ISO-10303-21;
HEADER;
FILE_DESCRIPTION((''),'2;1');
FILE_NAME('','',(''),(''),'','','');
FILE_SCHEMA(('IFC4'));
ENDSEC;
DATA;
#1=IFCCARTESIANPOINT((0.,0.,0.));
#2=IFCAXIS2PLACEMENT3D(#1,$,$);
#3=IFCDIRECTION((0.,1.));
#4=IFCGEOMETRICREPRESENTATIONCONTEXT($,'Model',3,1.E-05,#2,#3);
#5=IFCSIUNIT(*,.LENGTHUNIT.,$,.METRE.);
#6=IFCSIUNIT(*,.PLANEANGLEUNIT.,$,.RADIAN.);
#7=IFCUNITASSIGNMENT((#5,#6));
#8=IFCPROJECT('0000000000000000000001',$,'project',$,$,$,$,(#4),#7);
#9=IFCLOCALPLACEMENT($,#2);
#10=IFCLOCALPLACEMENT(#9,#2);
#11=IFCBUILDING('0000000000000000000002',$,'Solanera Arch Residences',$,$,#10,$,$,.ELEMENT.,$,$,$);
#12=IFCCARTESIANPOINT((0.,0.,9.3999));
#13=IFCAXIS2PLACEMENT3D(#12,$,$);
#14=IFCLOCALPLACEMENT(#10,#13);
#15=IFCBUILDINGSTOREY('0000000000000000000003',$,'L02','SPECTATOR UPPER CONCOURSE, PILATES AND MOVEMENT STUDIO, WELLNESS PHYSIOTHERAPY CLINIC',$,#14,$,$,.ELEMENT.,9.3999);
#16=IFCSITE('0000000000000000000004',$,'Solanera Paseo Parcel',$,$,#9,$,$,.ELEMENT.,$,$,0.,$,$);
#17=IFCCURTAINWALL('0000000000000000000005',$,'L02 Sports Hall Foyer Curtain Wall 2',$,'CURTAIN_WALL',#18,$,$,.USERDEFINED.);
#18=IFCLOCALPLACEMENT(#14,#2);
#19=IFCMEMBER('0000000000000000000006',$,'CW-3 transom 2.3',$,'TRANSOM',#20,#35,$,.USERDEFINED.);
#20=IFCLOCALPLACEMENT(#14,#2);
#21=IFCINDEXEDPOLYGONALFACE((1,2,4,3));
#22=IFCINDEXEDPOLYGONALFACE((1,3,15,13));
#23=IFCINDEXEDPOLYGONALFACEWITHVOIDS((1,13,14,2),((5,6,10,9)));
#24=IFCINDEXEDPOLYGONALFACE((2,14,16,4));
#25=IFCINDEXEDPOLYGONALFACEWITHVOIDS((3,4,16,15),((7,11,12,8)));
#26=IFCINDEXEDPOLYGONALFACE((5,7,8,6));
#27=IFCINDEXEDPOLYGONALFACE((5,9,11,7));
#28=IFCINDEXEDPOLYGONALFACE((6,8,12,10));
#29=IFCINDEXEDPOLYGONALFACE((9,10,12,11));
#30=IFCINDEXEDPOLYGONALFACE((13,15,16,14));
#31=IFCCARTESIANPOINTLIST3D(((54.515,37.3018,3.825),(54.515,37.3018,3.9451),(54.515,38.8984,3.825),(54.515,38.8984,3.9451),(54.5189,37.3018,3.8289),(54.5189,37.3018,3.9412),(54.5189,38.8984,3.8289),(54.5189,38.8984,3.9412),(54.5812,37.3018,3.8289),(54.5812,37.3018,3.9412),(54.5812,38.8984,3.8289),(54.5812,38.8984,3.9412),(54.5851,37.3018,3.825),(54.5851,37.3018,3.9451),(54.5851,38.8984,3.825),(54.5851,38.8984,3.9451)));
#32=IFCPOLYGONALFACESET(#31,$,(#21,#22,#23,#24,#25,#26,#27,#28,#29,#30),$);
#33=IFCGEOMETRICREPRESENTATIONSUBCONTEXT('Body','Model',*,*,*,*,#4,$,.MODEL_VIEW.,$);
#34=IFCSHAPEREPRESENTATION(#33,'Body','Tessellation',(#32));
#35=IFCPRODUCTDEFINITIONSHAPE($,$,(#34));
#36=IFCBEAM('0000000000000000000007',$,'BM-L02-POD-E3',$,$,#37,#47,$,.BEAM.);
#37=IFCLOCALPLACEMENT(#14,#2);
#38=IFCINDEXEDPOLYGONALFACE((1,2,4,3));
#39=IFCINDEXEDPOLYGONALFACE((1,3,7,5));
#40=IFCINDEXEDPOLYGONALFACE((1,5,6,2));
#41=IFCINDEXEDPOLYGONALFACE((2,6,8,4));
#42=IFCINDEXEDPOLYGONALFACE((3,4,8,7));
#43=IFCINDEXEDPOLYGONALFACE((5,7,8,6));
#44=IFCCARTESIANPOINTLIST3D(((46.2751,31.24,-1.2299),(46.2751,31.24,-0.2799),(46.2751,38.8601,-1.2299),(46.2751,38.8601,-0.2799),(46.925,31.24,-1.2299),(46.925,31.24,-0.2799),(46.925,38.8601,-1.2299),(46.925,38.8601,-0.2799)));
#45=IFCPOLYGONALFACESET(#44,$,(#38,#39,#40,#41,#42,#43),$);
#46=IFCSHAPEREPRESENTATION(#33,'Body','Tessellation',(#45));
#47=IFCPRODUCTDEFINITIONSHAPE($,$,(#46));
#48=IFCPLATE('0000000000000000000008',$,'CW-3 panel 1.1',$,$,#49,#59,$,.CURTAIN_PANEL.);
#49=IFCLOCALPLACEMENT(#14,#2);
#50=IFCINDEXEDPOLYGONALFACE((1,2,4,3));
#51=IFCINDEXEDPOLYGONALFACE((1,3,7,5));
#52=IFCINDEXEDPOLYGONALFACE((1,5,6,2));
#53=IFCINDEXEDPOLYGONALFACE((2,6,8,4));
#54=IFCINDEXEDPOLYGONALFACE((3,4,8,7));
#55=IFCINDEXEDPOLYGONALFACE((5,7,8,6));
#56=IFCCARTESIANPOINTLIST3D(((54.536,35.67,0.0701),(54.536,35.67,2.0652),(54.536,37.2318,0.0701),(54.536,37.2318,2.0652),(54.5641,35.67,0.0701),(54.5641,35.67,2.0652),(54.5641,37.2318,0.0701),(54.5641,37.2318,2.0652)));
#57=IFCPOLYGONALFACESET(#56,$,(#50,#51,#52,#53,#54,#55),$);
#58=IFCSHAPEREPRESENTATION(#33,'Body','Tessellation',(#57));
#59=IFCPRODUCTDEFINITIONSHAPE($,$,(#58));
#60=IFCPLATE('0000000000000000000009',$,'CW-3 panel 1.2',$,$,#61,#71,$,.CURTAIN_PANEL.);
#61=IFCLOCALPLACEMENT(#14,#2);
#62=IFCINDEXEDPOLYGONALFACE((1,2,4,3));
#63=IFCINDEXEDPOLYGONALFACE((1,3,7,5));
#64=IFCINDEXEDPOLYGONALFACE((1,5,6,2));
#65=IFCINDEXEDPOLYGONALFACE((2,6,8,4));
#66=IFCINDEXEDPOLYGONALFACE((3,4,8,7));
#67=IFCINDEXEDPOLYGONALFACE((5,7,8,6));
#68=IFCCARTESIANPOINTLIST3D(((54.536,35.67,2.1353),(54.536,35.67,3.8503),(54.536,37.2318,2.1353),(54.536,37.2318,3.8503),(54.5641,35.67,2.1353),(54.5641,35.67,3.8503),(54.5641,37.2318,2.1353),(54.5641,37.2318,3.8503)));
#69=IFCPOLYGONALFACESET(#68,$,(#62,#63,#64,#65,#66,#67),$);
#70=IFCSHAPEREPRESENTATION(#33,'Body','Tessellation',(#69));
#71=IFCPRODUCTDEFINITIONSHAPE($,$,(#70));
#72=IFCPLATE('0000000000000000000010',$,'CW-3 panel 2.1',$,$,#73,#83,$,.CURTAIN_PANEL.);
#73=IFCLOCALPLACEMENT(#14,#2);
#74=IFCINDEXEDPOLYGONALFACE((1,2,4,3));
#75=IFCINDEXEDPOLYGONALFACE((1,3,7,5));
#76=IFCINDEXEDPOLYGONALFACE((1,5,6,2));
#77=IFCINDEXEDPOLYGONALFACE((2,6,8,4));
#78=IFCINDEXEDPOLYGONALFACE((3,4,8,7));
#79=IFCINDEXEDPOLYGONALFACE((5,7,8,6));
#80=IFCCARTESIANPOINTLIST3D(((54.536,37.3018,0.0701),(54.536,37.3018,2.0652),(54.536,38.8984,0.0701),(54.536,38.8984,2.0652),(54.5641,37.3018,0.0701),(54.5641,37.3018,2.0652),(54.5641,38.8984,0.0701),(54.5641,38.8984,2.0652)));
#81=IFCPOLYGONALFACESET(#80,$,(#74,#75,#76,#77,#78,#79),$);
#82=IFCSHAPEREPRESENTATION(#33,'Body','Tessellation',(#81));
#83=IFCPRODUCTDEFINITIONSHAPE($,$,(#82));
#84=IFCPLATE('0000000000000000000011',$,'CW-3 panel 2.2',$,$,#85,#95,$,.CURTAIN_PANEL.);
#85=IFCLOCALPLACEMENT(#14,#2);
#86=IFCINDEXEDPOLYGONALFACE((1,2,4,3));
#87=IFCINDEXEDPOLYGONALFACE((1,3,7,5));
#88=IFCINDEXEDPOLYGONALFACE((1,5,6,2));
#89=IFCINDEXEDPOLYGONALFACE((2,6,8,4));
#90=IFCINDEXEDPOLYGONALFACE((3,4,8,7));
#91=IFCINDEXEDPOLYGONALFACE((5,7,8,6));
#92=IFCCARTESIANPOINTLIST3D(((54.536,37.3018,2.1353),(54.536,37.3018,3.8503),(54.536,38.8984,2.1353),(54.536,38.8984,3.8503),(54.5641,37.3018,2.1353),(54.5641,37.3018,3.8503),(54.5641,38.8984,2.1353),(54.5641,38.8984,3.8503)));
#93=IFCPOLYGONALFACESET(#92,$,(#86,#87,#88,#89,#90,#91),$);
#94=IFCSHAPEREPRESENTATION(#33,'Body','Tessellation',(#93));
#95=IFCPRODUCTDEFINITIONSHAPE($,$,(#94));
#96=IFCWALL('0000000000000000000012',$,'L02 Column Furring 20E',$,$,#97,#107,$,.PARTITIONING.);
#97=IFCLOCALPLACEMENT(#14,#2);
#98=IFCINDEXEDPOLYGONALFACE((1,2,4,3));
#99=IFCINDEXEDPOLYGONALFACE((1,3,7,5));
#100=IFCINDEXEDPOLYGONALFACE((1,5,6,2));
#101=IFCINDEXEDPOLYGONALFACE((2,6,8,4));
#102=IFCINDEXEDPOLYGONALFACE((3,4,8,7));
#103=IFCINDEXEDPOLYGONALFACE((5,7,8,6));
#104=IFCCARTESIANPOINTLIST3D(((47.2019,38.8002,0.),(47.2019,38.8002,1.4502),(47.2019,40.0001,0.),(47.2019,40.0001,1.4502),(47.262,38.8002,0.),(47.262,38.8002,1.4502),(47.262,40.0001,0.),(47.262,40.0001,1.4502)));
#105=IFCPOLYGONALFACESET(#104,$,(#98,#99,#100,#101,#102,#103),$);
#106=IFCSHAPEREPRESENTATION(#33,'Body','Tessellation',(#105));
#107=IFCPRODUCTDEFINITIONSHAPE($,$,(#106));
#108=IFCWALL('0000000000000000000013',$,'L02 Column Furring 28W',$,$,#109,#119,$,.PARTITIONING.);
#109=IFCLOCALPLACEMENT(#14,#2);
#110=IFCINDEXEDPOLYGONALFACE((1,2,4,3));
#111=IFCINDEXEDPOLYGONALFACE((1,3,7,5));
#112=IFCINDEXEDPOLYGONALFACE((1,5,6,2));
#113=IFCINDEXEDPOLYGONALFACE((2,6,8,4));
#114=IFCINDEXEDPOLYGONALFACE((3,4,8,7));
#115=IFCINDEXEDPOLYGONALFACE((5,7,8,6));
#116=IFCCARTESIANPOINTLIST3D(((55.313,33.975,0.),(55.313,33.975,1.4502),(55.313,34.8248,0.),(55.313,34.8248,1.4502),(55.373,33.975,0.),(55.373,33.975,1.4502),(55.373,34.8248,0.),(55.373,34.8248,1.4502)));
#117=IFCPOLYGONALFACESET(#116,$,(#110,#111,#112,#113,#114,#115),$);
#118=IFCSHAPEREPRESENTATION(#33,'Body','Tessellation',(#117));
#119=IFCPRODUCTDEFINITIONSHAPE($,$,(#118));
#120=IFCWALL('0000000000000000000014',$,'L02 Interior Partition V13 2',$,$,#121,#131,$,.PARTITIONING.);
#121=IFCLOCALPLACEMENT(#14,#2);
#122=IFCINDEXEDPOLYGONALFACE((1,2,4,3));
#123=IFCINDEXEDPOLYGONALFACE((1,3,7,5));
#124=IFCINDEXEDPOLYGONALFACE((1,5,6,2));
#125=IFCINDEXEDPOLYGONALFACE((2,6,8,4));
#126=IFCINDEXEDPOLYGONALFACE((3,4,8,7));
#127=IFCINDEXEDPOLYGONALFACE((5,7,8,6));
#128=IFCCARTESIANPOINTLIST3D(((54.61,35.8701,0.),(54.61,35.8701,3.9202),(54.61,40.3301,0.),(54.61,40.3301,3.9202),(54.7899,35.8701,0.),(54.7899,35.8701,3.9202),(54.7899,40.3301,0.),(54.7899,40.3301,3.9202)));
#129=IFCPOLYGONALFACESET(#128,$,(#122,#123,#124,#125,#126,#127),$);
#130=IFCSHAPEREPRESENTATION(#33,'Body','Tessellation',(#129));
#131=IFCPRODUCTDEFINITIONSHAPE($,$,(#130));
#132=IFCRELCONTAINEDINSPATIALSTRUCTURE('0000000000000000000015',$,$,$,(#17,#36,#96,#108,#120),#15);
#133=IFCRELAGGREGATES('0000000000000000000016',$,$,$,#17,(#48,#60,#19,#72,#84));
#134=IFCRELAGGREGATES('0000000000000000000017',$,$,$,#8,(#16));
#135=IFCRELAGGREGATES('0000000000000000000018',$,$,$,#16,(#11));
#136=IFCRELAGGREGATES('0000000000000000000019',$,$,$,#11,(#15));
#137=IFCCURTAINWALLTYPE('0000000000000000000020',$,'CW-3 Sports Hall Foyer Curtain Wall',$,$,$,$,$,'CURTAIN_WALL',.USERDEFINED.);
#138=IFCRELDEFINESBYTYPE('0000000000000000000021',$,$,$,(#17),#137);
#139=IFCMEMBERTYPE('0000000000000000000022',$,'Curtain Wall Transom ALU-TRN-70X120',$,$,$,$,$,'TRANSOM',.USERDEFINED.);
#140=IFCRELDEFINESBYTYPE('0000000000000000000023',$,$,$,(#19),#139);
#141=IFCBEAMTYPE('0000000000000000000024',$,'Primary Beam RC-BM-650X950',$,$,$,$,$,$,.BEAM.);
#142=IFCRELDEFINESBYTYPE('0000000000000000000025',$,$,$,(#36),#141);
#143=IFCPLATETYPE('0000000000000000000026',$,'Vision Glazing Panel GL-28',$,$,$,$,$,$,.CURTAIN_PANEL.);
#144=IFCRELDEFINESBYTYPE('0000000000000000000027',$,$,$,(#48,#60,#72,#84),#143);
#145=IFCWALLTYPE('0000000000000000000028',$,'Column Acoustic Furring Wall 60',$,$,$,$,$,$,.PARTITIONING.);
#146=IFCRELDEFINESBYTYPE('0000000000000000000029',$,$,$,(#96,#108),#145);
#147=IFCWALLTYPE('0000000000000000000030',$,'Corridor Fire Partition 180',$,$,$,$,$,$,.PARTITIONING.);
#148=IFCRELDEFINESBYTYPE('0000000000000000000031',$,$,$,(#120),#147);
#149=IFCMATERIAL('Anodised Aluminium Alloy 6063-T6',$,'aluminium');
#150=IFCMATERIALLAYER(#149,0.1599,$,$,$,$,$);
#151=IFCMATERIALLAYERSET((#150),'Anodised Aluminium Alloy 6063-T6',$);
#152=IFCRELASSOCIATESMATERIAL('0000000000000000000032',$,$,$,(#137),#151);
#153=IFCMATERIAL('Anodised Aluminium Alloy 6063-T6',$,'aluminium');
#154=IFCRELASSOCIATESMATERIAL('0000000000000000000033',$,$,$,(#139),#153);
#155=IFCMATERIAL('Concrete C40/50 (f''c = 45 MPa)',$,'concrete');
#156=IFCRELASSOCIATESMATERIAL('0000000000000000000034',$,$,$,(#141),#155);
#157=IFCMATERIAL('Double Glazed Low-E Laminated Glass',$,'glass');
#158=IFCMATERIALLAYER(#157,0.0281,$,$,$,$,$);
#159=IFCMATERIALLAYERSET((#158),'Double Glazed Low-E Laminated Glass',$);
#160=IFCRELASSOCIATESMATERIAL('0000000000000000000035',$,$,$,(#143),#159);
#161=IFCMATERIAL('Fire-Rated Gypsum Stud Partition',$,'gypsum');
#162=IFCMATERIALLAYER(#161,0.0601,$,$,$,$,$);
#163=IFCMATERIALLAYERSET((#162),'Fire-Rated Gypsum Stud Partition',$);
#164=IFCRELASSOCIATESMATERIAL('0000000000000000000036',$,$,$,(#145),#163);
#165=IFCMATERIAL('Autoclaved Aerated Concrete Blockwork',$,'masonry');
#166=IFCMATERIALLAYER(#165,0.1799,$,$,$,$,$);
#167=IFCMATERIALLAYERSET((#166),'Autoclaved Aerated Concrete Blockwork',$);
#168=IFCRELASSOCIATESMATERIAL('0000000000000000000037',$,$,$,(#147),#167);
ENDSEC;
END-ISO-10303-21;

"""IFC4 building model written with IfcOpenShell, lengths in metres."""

from ifc_helpers import new_model, si_unit, direction, frame, frame_2d, origin, origin_2d, place, context, subcontext, project, spatial, rectangle, hollow_rectangle, extrude, material, layer, layer_set, material_profile, profile_set, type_object, element, aggregate, save


model = new_model("IFC4")

# Units and contexts
model_context = context("Model", 3, precision=1e-05, world=origin(), true_north=direction((0.0, 1.0)))
body_context = subcontext(model_context, "Body", "Model", "MODEL_VIEW")
ifc_project = project(units=[si_unit("LENGTHUNIT", "METRE"), si_unit("PLANEANGLEUNIT", "RADIAN")], contexts=[model_context])

# Site, building, storey
site_placement = place(None, origin())
site = spatial("IfcSite", under=ifc_project, at=site_placement, Name="Solanera Paseo Parcel", CompositionType="ELEMENT", RefElevation=0.0)
building_placement = place(site_placement, origin())
building = spatial("IfcBuilding", under=site, at=building_placement, Name="Solanera Arch Residences", CompositionType="ELEMENT")
storey_placement = place(building_placement, frame((0.0, 0.0, 9.3999)))
storey = spatial("IfcBuildingStorey", under=building, at=storey_placement, Name="L02", Description="SPECTATOR UPPER CONCOURSE, PILATES AND MOVEMENT STUDIO, WELLNESS PHYSIOTHERAPY CLINIC", CompositionType="ELEMENT", Elevation=9.3999)

# Curtain wall, member
ifc_material_1 = material(Name="Anodised Aluminium Alloy 6063-T6", Category="aluminium")
ifc_layer_1 = layer(ifc_material_1, 0.1599)
ifc_layer_set_1 = layer_set([ifc_layer_1], Name="Anodised Aluminium Alloy 6063-T6")
curtain_wall_type = type_object("IfcCurtainWallType", Name="CW-3 Sports Hall Foyer Curtain Wall", ElementType="CURTAIN_WALL", PredefinedType="USERDEFINED", material=ifc_layer_set_1)
curtain_wall_placement = place(storey_placement, origin())
curtain_wall = element("IfcCurtainWall", 1, at=curtain_wall_placement, inside=storey, type_object=curtain_wall_type, Name="L02 Sports Hall Foyer Curtain Wall 2", ObjectType="CURTAIN_WALL", PredefinedType="USERDEFINED")
ifc_material_2 = material(Name="Anodised Aluminium Alloy 6063-T6", Category="aluminium")
ifc_material_profile_1 = material_profile(ifc_material_2, hollow_rectangle(XDim=0.0701, YDim=0.1201, WallThickness=0.0039, at=origin_2d()))
ifc_profile_set_1 = profile_set([ifc_material_profile_1], Name="Anodised Aluminium Alloy 6063-T6")
member_type_1 = type_object("IfcMemberType", Name="Curtain Wall Transom ALU-TRN-70X120", ElementType="TRANSOM", PredefinedType="USERDEFINED", material=ifc_profile_set_1)
member_1_placement = place(storey_placement, frame((54.55, 37.3018, 3.885), z_axis=(0.0, 1.0, 0.0), x_axis=(-1.0, 0.0, 0.0)))
member_1 = element("IfcMember", 2, at=member_1_placement, type_object=member_type_1, Name="CW-3 transom 2.3", ObjectType="TRANSOM", PredefinedType="USERDEFINED", context=body_context, shape_type="SweptSolid", body=[
    extrude(hollow_rectangle(XDim=0.0701, YDim=0.1201, WallThickness=0.0039, at=origin_2d()), origin(), (0.0, 0.0, 1.0), 1.5967),
])

# Beam
ifc_material_3 = material(Name="Concrete C40/50 (f'c = 45 MPa)", Category="concrete")
ifc_material_profile_2 = material_profile(ifc_material_3, rectangle(XDim=0.6499, YDim=0.95, at=origin_2d()))
ifc_profile_set_2 = profile_set([ifc_material_profile_2], Name="Concrete C40/50 (f'c = 45 MPa)")
beam_type = type_object("IfcBeamType", Name="Primary Beam RC-BM-650X950", PredefinedType="BEAM", material=ifc_profile_set_2)
beam_placement = place(storey_placement, frame((46.6001, 31.24, -0.7549), z_axis=(0.0, 1.0, 0.0), x_axis=(-1.0, 0.0, 0.0)))
element("IfcBeam", 3, at=beam_placement, inside=storey, type_object=beam_type, Name="BM-L02-POD-E3", PredefinedType="BEAM", context=body_context, shape_type="SweptSolid", body=[
    extrude(rectangle(XDim=0.6499, YDim=0.95, at=origin_2d()), origin(), (0.0, 0.0, 1.0), 7.6201),
])

# Plates
ifc_material_4 = material(Name="Double Glazed Low-E Laminated Glass", Category="glass")
ifc_layer_2 = layer(ifc_material_4, 0.0281)
ifc_layer_set_2 = layer_set([ifc_layer_2], Name="Double Glazed Low-E Laminated Glass")
plate_type = type_object("IfcPlateType", Name="Vision Glazing Panel GL-28", PredefinedType="CURTAIN_PANEL", material=ifc_layer_set_2)
plate_1_placement = place(storey_placement, frame((54.55, 36.4509, 0.0701), z_axis=(0.0, 0.0, 1.0), x_axis=(0.0, 1.0, 0.0)))
plate_1 = element("IfcPlate", 4, at=plate_1_placement, type_object=plate_type, Name="CW-3 panel 1.1", PredefinedType="CURTAIN_PANEL", context=body_context, shape_type="SweptSolid", body=[
    extrude(rectangle(XDim=1.5618, YDim=0.0281, at=origin_2d()), origin(), (0.0, 0.0, 1.0), 1.9951),
])
plate_2_placement = place(storey_placement, frame((54.55, 36.4509, 2.1353), z_axis=(0.0, 0.0, 1.0), x_axis=(0.0, 1.0, 0.0)))
plate_2 = element("IfcPlate", 5, at=plate_2_placement, type_object=plate_type, Name="CW-3 panel 1.2", PredefinedType="CURTAIN_PANEL", context=body_context, shape_type="SweptSolid", body=[
    extrude(rectangle(XDim=1.5618, YDim=0.0281, at=origin_2d()), origin(), (0.0, 0.0, 1.0), 1.7151),
])
plate_3_placement = place(storey_placement, frame((54.55, 38.1001, 0.0701), z_axis=(0.0, 0.0, 1.0), x_axis=(0.0, 1.0, 0.0)))
plate_3 = element("IfcPlate", 6, at=plate_3_placement, type_object=plate_type, Name="CW-3 panel 2.1", PredefinedType="CURTAIN_PANEL", context=body_context, shape_type="SweptSolid", body=[
    extrude(rectangle(XDim=1.5967, YDim=0.0281, at=origin_2d()), origin(), (0.0, 0.0, 1.0), 1.9951),
])
plate_4_placement = place(storey_placement, frame((54.55, 38.1001, 2.1353), z_axis=(0.0, 0.0, 1.0), x_axis=(0.0, 1.0, 0.0)))
plate_4 = element("IfcPlate", 7, at=plate_4_placement, type_object=plate_type, Name="CW-3 panel 2.2", PredefinedType="CURTAIN_PANEL", context=body_context, shape_type="SweptSolid", body=[
    extrude(rectangle(XDim=1.5967, YDim=0.0281, at=origin_2d()), origin(), (0.0, 0.0, 1.0), 1.7151),
])
aggregate(curtain_wall, [plate_1, plate_2, member_1, plate_3, plate_4])

# Walls
ifc_material_5 = material(Name="Fire-Rated Gypsum Stud Partition", Category="gypsum")
ifc_layer_3 = layer(ifc_material_5, 0.0601)
ifc_layer_set_3 = layer_set([ifc_layer_3], Name="Fire-Rated Gypsum Stud Partition")
wall_type_1 = type_object("IfcWallType", Name="Column Acoustic Furring Wall 60", PredefinedType="PARTITIONING", material=ifc_layer_set_3)
wall_1_placement = place(storey_placement, frame((47.2319, 38.8, 0.0), z_axis=(0.0, 0.0, 1.0), x_axis=(0.0, 1.0, 0.0)))
element("IfcWall", 8, at=wall_1_placement, inside=storey, type_object=wall_type_1, Name="L02 Column Furring 20E", PredefinedType="PARTITIONING", context=body_context, shape_type="SweptSolid", body=[
    extrude(rectangle(XDim=1.2, YDim=0.0601, at=frame_2d((0.6001, 0.0))), origin(), (0.0, 0.0, 1.0), 1.4502),
])
wall_2_placement = place(storey_placement, frame((55.343, 33.9751, 0.0), z_axis=(0.0, 0.0, 1.0), x_axis=(0.0, 1.0, 0.0)))
element("IfcWall", 9, at=wall_2_placement, inside=storey, type_object=wall_type_1, Name="L02 Column Furring 28W", PredefinedType="PARTITIONING", context=body_context, shape_type="SweptSolid", body=[
    extrude(rectangle(XDim=0.8499, YDim=0.0601, at=frame_2d((0.4248, 0.0))), origin(), (0.0, 0.0, 1.0), 1.4502),
])
ifc_material_6 = material(Name="Autoclaved Aerated Concrete Blockwork", Category="masonry")
ifc_layer_4 = layer(ifc_material_6, 0.1799)
ifc_layer_set_4 = layer_set([ifc_layer_4], Name="Autoclaved Aerated Concrete Blockwork")
wall_type_2 = type_object("IfcWallType", Name="Corridor Fire Partition 180", PredefinedType="PARTITIONING", material=ifc_layer_set_4)
wall_3_placement = place(storey_placement, frame((54.7, 35.8701, 0.0), z_axis=(0.0, 0.0, 1.0), x_axis=(0.0, 1.0, 0.0)))
element("IfcWall", 10, at=wall_3_placement, inside=storey, type_object=wall_type_2, Name="L02 Interior Partition V13 2", PredefinedType="PARTITIONING", context=body_context, shape_type="SweptSolid", body=[
    extrude(rectangle(XDim=4.46, YDim=0.1799, at=frame_2d((2.23, 0.0))), origin(), (0.0, 0.0, 1.0), 3.9202),
])

save(model, "model.ifc")
